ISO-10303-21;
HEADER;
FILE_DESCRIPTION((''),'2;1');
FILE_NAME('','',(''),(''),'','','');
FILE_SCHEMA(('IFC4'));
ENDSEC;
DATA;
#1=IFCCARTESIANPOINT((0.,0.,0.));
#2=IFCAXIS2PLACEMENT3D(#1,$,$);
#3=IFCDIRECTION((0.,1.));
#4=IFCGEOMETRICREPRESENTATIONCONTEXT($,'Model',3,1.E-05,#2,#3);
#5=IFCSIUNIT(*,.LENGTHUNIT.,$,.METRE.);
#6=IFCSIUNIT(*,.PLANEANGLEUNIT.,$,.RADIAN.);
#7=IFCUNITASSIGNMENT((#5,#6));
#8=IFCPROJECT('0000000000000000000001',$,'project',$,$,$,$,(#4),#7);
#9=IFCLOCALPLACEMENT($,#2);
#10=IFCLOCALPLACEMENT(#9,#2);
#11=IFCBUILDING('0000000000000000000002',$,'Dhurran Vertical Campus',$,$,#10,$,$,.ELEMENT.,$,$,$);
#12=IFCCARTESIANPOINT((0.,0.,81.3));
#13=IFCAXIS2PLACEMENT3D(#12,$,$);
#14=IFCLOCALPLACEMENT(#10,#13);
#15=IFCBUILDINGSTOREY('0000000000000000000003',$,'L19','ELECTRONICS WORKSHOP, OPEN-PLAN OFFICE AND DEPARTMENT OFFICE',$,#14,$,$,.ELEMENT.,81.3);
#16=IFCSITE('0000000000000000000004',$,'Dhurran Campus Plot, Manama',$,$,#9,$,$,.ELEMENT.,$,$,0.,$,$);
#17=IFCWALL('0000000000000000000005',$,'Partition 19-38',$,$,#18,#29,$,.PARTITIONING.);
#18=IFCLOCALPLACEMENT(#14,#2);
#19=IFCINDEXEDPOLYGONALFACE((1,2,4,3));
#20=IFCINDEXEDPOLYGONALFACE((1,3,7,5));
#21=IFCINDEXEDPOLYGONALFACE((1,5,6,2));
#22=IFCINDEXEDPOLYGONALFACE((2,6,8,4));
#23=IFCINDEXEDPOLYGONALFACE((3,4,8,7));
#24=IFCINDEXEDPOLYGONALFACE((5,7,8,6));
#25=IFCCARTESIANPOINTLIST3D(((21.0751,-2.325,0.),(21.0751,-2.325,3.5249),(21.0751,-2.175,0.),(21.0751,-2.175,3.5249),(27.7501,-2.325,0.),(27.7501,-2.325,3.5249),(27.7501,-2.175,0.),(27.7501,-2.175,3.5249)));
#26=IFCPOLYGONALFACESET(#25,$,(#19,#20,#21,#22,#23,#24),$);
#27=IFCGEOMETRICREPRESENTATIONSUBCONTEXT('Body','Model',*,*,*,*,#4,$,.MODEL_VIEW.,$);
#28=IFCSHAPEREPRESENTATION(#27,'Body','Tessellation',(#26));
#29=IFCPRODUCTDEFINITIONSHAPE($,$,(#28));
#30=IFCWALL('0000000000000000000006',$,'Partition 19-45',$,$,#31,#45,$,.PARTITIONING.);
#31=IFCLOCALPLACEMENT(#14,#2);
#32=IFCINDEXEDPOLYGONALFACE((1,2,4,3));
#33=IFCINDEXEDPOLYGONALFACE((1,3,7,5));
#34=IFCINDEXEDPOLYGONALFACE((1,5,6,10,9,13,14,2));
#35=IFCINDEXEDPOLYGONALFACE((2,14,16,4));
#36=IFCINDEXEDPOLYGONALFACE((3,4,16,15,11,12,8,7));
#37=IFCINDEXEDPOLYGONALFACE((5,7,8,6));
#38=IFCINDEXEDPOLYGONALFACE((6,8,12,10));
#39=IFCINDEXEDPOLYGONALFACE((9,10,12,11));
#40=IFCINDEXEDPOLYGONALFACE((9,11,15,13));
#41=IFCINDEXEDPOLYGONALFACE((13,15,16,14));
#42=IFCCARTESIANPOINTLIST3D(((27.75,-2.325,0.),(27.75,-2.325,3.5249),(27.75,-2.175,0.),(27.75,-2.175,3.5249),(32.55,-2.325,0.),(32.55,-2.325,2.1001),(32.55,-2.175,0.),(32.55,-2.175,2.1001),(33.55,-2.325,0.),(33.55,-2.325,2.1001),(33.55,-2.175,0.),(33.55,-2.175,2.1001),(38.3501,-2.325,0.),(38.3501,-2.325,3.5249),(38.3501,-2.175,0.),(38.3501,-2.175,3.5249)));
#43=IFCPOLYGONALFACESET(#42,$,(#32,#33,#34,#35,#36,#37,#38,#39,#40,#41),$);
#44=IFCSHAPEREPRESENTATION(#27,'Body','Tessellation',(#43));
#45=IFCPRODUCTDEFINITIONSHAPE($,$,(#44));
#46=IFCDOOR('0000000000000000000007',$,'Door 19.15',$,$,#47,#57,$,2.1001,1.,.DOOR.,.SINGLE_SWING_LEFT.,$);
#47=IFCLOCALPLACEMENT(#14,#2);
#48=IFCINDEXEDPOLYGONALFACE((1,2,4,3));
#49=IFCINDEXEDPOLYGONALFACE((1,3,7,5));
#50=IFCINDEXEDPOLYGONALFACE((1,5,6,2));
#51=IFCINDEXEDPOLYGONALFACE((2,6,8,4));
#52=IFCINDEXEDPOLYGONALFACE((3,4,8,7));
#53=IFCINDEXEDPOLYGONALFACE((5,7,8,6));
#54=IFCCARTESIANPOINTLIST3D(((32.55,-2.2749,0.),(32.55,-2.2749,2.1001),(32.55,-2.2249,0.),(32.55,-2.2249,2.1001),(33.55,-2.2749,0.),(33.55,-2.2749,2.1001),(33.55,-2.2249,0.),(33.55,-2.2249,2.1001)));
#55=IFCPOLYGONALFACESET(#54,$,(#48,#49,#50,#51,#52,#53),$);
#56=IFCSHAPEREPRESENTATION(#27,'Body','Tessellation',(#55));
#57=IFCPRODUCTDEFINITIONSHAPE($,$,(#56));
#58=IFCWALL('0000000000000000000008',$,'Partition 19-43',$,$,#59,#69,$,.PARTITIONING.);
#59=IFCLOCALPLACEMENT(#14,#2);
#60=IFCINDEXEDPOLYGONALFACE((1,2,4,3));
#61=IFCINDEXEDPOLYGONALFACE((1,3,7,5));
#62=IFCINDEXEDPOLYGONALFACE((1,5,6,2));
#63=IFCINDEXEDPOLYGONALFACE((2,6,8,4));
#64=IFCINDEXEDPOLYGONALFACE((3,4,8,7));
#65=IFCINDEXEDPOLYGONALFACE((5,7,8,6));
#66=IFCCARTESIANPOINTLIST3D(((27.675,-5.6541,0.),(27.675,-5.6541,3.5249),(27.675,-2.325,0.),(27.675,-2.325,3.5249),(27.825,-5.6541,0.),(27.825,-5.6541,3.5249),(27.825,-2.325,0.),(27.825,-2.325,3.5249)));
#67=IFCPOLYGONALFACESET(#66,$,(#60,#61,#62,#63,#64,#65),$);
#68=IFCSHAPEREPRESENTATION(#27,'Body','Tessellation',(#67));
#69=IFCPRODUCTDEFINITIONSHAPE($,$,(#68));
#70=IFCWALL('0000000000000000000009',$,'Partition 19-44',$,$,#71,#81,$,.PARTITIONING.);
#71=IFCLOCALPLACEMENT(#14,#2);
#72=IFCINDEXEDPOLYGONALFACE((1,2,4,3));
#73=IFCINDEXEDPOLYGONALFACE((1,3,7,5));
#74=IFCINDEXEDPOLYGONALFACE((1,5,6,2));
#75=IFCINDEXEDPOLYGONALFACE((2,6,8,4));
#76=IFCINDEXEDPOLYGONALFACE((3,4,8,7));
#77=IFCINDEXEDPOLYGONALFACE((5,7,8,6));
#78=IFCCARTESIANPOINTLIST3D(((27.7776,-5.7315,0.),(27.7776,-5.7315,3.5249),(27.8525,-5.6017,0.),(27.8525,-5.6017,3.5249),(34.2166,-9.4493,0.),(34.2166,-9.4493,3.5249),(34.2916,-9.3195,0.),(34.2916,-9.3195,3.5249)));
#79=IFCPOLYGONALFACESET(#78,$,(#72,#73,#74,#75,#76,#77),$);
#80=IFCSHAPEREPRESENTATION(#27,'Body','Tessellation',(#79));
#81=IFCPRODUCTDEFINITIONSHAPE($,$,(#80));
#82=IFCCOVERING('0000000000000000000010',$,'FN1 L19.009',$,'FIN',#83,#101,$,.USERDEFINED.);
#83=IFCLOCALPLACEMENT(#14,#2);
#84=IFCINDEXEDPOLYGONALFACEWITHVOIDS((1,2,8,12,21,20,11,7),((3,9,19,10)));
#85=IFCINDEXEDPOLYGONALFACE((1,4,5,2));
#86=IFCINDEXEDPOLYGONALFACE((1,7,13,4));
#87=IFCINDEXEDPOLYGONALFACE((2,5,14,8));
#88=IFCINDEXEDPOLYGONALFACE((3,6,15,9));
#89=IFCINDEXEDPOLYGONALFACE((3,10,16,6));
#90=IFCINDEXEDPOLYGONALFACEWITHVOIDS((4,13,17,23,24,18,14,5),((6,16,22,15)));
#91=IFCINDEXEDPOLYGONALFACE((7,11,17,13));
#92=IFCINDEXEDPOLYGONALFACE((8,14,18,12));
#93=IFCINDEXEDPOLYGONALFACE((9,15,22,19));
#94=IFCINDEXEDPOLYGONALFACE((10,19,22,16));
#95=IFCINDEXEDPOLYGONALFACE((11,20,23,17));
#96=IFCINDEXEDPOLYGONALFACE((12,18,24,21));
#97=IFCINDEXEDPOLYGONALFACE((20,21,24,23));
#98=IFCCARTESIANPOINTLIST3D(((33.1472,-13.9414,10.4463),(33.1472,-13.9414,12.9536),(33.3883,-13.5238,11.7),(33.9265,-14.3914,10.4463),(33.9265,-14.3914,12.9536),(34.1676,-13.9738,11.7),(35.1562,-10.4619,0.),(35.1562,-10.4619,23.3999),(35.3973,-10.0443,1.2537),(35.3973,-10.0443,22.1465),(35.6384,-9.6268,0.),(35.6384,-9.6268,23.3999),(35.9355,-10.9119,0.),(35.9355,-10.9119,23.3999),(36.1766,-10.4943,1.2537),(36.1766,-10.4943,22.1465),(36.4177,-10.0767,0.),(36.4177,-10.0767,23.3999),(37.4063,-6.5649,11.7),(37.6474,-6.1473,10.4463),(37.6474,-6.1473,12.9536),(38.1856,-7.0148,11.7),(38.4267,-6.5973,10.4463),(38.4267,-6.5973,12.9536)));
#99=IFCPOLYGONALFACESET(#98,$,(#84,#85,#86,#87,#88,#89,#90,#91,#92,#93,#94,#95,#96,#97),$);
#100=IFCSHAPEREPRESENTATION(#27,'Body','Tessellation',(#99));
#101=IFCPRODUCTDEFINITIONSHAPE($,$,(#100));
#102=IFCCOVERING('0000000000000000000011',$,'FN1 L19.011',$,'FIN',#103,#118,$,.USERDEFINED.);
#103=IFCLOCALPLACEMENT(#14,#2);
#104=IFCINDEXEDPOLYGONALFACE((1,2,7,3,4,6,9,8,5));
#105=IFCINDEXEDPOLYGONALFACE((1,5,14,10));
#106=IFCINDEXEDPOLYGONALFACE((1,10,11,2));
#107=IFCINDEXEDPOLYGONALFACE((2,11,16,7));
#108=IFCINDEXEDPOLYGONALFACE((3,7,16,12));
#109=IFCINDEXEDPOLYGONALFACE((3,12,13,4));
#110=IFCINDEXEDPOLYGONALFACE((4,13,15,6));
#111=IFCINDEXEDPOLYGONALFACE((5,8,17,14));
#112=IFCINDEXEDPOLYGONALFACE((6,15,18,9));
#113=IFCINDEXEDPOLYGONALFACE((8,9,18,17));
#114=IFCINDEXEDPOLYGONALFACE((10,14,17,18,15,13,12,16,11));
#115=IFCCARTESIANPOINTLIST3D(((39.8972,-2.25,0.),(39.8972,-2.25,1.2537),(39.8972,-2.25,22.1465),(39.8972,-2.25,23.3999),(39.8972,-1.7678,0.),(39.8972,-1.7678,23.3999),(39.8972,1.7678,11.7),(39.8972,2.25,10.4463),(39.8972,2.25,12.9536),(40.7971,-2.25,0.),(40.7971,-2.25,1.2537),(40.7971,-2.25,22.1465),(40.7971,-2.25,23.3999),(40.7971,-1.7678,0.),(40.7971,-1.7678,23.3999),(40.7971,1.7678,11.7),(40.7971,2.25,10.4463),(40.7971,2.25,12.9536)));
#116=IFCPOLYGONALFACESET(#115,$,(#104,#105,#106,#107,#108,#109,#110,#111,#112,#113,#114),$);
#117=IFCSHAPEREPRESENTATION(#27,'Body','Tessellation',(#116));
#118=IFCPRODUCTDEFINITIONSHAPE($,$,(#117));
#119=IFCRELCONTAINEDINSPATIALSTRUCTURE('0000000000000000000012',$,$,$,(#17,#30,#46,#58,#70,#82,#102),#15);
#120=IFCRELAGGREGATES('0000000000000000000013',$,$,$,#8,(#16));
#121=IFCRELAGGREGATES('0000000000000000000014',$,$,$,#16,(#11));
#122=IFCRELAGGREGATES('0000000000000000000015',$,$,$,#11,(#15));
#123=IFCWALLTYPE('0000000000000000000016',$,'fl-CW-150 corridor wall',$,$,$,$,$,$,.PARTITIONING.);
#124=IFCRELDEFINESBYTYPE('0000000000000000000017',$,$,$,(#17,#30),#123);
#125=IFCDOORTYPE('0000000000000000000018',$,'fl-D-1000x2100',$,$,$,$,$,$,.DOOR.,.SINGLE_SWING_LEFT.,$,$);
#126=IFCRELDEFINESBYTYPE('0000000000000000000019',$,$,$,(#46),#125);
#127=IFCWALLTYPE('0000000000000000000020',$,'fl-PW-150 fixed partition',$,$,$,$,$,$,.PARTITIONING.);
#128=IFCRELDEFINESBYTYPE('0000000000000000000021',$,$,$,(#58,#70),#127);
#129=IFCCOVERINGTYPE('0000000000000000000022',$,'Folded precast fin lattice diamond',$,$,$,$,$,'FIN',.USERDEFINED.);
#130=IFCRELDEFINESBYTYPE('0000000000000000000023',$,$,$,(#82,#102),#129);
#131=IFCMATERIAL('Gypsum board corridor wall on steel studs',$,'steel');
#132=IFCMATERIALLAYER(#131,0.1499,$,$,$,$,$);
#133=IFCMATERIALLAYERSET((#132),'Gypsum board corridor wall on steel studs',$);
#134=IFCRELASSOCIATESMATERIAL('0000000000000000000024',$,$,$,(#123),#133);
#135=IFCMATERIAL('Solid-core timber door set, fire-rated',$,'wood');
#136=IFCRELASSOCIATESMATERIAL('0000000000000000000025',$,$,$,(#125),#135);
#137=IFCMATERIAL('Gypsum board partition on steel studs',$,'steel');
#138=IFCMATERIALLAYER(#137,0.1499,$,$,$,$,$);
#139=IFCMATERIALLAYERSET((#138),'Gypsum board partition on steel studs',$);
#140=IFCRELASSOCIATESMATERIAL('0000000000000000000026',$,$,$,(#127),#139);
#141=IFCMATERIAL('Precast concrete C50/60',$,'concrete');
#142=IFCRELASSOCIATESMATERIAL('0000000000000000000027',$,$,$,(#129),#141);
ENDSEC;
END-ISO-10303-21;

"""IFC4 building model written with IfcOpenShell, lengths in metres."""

from ifc_helpers import new_model, si_unit, direction, frame, frame_2d, origin, place, context, subcontext, project, spatial, polyline, rectangle, outline, extrude, material, layer, layer_set, type_object, element, fill, save


model = new_model("IFC4")

# Units and contexts
model_context = context("Model", 3, precision=1e-05, world=origin(), true_north=direction((0.0, 1.0)))
body_context = subcontext(model_context, "Body", "Model", "MODEL_VIEW")
ifc_project = project(units=[si_unit("LENGTHUNIT", "METRE"), si_unit("PLANEANGLEUNIT", "RADIAN")], contexts=[model_context])

# Site, building, storey
site_placement = place(None, origin())
site = spatial("IfcSite", under=ifc_project, at=site_placement, Name="Dhurran Campus Plot, Manama", CompositionType="ELEMENT", RefElevation=0.0)
building_placement = place(site_placement, origin())
building = spatial("IfcBuilding", under=site, at=building_placement, Name="Dhurran Vertical Campus", CompositionType="ELEMENT")
storey_placement = place(building_placement, frame((0.0, 0.0, 81.3)))
storey = spatial("IfcBuildingStorey", under=building, at=storey_placement, Name="L19", Description="ELECTRONICS WORKSHOP, OPEN-PLAN OFFICE AND DEPARTMENT OFFICE", CompositionType="ELEMENT", Elevation=81.3)

# Wall
ifc_material_1 = material(Name="Gypsum board corridor wall on steel studs", Category="steel")
ifc_layer_1 = layer(ifc_material_1, 0.1499)
ifc_layer_set_1 = layer_set([ifc_layer_1], Name="Gypsum board corridor wall on steel studs")
wall_type_1 = type_object("IfcWallType", Name="fl-CW-150 corridor wall", PredefinedType="PARTITIONING", material=ifc_layer_set_1)
wall_1_placement = place(storey_placement, frame((27.75, -2.25, 0.0), z_axis=(0.0, 0.0, 1.0), x_axis=(-1.0, 0.0, 0.0)))
element("IfcWall", 1, at=wall_1_placement, inside=storey, type_object=wall_type_1, Name="Partition 19-38", PredefinedType="PARTITIONING", context=body_context, shape_type="SweptSolid", body=[
    extrude(rectangle(XDim=6.675, YDim=0.1499, at=frame_2d((3.3374, 0.0))), origin(), (0.0, 0.0, 1.0), 3.5249),
])

# Wall, opening, door
wall_2_placement = place(storey_placement, frame((38.3501, -2.25, 0.0), z_axis=(0.0, 0.0, 1.0), x_axis=(-1.0, 0.0, 0.0)))
wall_2 = element("IfcWall", 2, at=wall_2_placement, inside=storey, type_object=wall_type_1, Name="Partition 19-45", PredefinedType="PARTITIONING", context=body_context, shape_type="SweptSolid", body=[
    extrude(rectangle(XDim=10.6001, YDim=0.1499, at=frame_2d((5.3, 0.0))), origin(), (0.0, 0.0, 1.0), 3.5249),
])
opening_1_placement = place(wall_2_placement, frame((4.8, 0.0, 0.0)))
opening_1 = element("IfcOpeningElement", 3, at=opening_1_placement, cuts=wall_2, PredefinedType="OPENING", context=body_context, shape_type="SweptSolid", body=[
    extrude(rectangle(XDim=1.0, YDim=2.1001, at=frame_2d((0.5, 1.05))), frame((0.0, 0.085, 0.0), z_axis=(0.0, -1.0, 0.0), x_axis=(1.0, 0.0, 0.0)), (0.0, 0.0, 1.0), 0.1699),
])
ifc_material_2 = material(Name="Solid-core timber door set, fire-rated", Category="wood")
door_type_1 = type_object("IfcDoorType", Name="fl-D-1000x2100", OperationType="SINGLE_SWING_LEFT", PredefinedType="DOOR", material=ifc_material_2)
door_1_placement = place(opening_1_placement, origin())
door_1 = element("IfcDoor", 4, at=door_1_placement, inside=storey, type_object=door_type_1, Name="Door 19.15", OperationType="SINGLE_SWING_LEFT", OverallHeight=2.1001, OverallWidth=1.0, PredefinedType="DOOR", context=body_context, shape_type="SweptSolid", body=[
    extrude(rectangle(XDim=1.0, YDim=2.1001, at=frame_2d((0.5, 1.05))), frame((0.0, 0.0249, 0.0), z_axis=(0.0, -1.0, 0.0), x_axis=(1.0, 0.0, 0.0)), (0.0, 0.0, 1.0), 0.05),
])
fill(opening_1, door_1)

# Walls
ifc_material_3 = material(Name="Gypsum board partition on steel studs", Category="steel")
ifc_layer_2 = layer(ifc_material_3, 0.1499)
ifc_layer_set_2 = layer_set([ifc_layer_2], Name="Gypsum board partition on steel studs")
wall_type_2 = type_object("IfcWallType", Name="fl-PW-150 fixed partition", PredefinedType="PARTITIONING", material=ifc_layer_set_2)
wall_3_placement = place(storey_placement, frame((27.75, -2.325, 0.0), z_axis=(0.0, 0.0, 1.0), x_axis=(0.0, -1.0, 0.0)))
element("IfcWall", 5, at=wall_3_placement, inside=storey, type_object=wall_type_2, Name="Partition 19-43", PredefinedType="PARTITIONING", context=body_context, shape_type="SweptSolid", body=[
    extrude(rectangle(XDim=3.3291, YDim=0.1499, at=frame_2d((1.6646, 0.0))), origin(), (0.0, 0.0, 1.0), 3.5249),
])
wall_4_placement = place(storey_placement, frame((27.8149, -5.6665, 0.0), z_axis=(0.0, 0.0, 1.0), x_axis=(0.866012, -0.500024, 0.0)))
element("IfcWall", 6, at=wall_4_placement, inside=storey, type_object=wall_type_2, Name="Partition 19-44", PredefinedType="PARTITIONING", context=body_context, shape_type="SweptSolid", body=[
    extrude(rectangle(XDim=7.4353, YDim=0.1499, at=frame_2d((3.7178, 0.0))), origin(), (0.0, 0.0, 1.0), 3.5249),
])

# Coverings
ifc_material_4 = material(Name="Precast concrete C50/60", Category="concrete")
covering_type = type_object("IfcCoveringType", Name="Folded precast fin lattice diamond", ElementType="FIN", PredefinedType="USERDEFINED", material=ifc_material_4)
covering_1_placement = place(storey_placement, frame((33.1472, -13.9414, 0.0), z_axis=(0.866014, -0.50002, 0.0), x_axis=(0.50002, 0.866014, 0.0)))
element("IfcCovering", 7, at=covering_1_placement, inside=storey, type_object=covering_type, Name="FN1 L19.009", ObjectType="FIN", PredefinedType="USERDEFINED", context=body_context, shape_type="SweptSolid", body=[
    extrude(outline(polyline([(9.0, 12.9536), (9.0, 10.4463), (4.9822, 0.0), (4.0178, 0.0), (0.0, 10.4463), (0.0, 12.9536), (4.0178, 23.3999), (4.9822, 23.3999), (9.0, 12.9536)]), holes=[polyline([(8.5178, 11.7), (4.5, 22.1465), (0.4822, 11.7), (4.5, 1.2537), (8.5178, 11.7)])]), origin(), (0.0, 0.0, 1.0), 0.8999),
])
covering_2_placement = place(storey_placement, frame((39.8972, -2.25, 0.0), z_axis=(1.0, 0.0, 0.0), x_axis=(0.0, 1.0, 0.0)))
element("IfcCovering", 8, at=covering_2_placement, inside=storey, type_object=covering_type, Name="FN1 L19.011", ObjectType="FIN", PredefinedType="USERDEFINED", context=body_context, shape_type="SweptSolid", body=[
    extrude(outline(polyline([(4.5, 10.4463), (0.4822, 0.0), (0.0, 0.0), (0.0, 1.2537), (4.0178, 11.7), (0.0, 22.1465), (0.0, 23.3999), (0.4822, 23.3999), (4.5, 12.9536), (4.5, 10.4463)])), origin(), (0.0, 0.0, 1.0), 0.8999),
])

save(model, "model.ifc")
